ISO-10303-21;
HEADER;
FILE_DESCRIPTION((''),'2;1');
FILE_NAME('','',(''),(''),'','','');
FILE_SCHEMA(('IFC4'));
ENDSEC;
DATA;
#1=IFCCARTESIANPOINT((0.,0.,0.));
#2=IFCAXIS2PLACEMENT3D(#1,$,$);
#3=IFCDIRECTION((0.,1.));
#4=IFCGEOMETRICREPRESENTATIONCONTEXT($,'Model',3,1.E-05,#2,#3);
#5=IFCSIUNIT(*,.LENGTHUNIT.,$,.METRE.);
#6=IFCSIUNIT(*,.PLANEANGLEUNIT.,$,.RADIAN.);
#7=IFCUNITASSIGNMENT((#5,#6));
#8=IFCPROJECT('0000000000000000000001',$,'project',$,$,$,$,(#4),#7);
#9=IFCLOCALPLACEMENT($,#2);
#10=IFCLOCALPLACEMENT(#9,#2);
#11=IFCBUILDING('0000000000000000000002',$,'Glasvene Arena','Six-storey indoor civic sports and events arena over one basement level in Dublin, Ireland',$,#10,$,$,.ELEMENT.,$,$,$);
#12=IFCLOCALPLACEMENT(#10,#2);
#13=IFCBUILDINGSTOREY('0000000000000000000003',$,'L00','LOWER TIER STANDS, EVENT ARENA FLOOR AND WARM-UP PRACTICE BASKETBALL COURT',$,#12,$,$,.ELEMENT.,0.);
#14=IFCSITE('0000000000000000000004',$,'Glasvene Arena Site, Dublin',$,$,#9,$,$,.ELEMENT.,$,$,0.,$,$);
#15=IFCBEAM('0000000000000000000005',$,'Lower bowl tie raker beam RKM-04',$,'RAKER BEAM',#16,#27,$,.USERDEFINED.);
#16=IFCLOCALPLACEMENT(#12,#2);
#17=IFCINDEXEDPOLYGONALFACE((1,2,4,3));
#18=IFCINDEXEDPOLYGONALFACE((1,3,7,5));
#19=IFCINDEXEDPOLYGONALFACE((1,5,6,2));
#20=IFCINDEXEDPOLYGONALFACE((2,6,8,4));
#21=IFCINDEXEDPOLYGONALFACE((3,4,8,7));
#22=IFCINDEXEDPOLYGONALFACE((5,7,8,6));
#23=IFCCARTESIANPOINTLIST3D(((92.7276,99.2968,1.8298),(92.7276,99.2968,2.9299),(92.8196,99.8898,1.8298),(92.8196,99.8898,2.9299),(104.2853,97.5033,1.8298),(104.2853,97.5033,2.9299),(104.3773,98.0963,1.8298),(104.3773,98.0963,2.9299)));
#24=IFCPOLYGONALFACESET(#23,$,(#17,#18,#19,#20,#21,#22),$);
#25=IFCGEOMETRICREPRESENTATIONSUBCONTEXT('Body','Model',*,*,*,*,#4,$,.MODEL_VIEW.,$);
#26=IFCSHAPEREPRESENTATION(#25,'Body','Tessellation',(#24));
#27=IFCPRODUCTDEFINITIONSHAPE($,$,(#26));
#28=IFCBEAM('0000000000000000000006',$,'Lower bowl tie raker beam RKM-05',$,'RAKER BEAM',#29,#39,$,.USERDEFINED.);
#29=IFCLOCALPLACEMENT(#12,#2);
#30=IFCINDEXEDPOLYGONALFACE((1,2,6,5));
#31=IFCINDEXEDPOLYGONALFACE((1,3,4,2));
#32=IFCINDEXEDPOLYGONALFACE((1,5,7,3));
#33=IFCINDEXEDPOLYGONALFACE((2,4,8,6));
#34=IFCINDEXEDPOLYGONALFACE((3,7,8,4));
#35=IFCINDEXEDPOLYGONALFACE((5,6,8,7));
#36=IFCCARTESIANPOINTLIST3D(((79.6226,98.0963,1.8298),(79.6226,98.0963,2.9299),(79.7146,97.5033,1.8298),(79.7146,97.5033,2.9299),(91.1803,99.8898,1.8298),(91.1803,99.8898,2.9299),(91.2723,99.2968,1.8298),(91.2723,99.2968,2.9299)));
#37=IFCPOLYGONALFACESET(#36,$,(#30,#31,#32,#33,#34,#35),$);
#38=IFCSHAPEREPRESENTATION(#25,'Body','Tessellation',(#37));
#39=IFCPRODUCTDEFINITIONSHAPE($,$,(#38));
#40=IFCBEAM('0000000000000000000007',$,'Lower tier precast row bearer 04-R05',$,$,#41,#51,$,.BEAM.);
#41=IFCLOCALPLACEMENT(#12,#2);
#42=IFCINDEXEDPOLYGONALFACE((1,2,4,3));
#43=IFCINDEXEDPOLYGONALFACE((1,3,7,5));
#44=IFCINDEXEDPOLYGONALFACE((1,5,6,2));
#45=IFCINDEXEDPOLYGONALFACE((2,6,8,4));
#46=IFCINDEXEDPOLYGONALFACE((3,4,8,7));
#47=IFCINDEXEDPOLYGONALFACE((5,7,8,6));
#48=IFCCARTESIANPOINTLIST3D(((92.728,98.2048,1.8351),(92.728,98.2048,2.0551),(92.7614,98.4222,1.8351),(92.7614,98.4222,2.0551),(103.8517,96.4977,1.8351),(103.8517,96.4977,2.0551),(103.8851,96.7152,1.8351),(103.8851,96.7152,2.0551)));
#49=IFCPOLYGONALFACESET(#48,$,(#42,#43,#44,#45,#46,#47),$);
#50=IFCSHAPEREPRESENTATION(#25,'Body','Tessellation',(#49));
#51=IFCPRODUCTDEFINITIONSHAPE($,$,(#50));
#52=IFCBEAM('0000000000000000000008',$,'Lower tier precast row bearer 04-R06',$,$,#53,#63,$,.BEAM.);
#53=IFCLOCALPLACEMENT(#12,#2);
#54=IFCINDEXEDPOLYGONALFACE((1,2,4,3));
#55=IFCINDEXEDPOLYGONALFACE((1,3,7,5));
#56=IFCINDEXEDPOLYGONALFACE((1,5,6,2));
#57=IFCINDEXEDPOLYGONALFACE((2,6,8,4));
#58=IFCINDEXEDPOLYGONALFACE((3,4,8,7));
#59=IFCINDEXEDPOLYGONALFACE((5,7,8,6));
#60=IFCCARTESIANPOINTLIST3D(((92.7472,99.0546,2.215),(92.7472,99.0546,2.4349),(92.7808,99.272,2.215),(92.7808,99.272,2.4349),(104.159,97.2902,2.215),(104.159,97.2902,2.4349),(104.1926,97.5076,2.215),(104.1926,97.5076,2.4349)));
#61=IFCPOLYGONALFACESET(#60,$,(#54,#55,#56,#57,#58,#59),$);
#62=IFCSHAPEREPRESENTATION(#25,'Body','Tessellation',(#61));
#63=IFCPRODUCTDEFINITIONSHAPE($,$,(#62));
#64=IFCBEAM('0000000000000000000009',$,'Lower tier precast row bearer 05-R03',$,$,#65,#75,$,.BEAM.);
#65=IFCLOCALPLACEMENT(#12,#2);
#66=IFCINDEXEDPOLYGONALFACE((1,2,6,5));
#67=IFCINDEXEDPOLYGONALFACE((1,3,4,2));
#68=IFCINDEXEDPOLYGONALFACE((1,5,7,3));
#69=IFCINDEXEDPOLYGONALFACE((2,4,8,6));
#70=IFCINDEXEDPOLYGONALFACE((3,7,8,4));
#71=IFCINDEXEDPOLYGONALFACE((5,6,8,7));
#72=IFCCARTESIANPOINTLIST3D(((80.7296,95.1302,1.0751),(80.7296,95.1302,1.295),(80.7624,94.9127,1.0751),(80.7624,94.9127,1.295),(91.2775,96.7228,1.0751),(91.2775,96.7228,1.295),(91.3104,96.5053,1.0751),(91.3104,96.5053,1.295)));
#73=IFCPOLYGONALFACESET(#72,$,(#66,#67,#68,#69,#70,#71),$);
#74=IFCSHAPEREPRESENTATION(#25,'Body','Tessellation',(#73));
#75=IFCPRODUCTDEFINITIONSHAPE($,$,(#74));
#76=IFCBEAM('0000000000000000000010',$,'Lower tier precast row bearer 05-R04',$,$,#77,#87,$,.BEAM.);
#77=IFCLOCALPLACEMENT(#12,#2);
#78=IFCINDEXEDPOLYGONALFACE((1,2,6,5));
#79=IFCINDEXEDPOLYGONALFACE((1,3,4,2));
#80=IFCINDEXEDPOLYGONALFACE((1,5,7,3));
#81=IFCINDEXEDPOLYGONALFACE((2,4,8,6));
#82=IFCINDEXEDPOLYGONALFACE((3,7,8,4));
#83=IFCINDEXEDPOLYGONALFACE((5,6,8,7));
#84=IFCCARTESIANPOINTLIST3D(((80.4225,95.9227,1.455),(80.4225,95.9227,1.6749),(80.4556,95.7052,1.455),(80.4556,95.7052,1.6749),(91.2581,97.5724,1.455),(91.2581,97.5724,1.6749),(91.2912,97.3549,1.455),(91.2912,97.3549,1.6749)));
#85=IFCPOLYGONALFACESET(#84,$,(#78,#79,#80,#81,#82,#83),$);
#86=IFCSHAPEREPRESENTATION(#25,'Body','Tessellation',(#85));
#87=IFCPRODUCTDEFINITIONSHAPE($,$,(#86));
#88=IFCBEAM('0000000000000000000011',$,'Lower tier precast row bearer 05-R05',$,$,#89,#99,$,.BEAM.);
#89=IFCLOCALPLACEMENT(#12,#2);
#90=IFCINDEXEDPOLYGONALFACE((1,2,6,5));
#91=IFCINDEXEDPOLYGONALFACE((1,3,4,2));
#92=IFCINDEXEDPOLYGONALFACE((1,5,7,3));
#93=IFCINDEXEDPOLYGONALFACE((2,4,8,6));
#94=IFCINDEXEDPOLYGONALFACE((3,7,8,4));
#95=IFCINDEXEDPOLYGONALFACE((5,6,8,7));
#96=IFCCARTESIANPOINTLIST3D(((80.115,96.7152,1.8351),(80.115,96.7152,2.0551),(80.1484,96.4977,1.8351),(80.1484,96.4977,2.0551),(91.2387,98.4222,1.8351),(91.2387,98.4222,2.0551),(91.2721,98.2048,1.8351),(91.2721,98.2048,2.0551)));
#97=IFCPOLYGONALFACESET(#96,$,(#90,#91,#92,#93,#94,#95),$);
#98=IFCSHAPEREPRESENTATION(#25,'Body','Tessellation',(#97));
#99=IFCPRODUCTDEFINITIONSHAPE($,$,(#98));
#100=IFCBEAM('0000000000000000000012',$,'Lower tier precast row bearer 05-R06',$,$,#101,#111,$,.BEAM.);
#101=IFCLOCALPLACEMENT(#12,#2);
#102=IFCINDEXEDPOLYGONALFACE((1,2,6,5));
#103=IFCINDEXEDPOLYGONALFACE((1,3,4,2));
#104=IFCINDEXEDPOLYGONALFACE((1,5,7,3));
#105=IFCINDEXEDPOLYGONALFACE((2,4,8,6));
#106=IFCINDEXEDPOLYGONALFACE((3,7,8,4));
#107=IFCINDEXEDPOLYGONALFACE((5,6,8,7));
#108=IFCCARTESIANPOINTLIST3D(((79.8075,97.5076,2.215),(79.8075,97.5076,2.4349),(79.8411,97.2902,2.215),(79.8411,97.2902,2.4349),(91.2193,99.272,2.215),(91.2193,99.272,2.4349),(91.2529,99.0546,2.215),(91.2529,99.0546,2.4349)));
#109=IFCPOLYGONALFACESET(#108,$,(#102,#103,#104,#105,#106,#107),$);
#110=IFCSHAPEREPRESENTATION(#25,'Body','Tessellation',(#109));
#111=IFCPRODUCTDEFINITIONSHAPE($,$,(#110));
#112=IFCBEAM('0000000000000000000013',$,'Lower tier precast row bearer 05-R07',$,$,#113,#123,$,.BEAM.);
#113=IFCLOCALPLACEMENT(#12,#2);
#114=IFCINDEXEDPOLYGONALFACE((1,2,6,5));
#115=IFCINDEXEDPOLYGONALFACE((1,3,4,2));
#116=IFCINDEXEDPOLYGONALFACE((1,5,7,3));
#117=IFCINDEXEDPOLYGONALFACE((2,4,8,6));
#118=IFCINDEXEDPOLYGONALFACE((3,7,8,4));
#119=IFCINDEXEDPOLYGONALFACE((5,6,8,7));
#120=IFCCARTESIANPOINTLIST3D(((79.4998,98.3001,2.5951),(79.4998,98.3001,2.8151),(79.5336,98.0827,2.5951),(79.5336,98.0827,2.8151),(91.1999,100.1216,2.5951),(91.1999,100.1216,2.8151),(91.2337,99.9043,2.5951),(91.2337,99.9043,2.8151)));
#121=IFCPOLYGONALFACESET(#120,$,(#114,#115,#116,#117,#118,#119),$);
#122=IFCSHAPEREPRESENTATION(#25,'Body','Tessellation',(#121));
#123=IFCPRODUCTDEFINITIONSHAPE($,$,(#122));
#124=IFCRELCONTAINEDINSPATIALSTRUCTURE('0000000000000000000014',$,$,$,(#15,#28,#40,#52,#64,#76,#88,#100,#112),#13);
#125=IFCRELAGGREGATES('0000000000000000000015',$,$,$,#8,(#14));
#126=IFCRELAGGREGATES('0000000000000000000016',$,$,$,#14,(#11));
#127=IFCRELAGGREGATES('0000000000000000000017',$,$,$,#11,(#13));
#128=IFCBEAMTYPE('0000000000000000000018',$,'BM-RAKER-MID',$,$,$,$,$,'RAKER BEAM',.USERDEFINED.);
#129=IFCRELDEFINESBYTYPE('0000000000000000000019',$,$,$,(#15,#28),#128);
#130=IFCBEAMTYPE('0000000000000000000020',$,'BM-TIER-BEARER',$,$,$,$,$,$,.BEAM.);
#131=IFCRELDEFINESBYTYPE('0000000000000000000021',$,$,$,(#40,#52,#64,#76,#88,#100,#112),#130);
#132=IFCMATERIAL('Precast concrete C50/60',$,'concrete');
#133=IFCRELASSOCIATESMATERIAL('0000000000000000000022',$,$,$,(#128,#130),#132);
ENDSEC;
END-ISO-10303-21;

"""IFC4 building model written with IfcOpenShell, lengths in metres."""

from ifc_helpers import new_model, si_unit, direction, frame, origin, origin_2d, place, context, subcontext, project, spatial, rectangle, extrude, material, material_profile, profile_set, type_object, element, save


model = new_model("IFC4")

# Units and contexts
model_context = context("Model", 3, precision=1e-05, world=origin(), true_north=direction((0.0, 1.0)))
body_context = subcontext(model_context, "Body", "Model", "MODEL_VIEW")
ifc_project = project(units=[si_unit("LENGTHUNIT", "METRE"), si_unit("PLANEANGLEUNIT", "RADIAN")], contexts=[model_context])

# Site, building, storey
site_placement = place(None, origin())
site = spatial("IfcSite", under=ifc_project, at=site_placement, Name="Glasvene Arena Site, Dublin", CompositionType="ELEMENT", RefElevation=0.0)
building_placement = place(site_placement, origin())
building = spatial("IfcBuilding", under=site, at=building_placement, Name="Glasvene Arena", Description="Six-storey indoor civic sports and events arena over one basement level in Dublin, Ireland", CompositionType="ELEMENT")
storey_placement = place(building_placement, origin())
storey = spatial("IfcBuildingStorey", under=building, at=storey_placement, Name="L00", Description="LOWER TIER STANDS, EVENT ARENA FLOOR AND WARM-UP PRACTICE BASKETBALL COURT", CompositionType="ELEMENT", Elevation=0.0)

# Beams
ifc_material = material(Name="Precast concrete C50/60", Category="concrete")
ifc_material_profile_1 = material_profile(ifc_material, rectangle(XDim=0.6001, YDim=1.1001, at=origin_2d()), Name="RC 600x1100")
ifc_profile_set_1 = profile_set([ifc_material_profile_1], Name="Precast concrete C50/60")
beam_type_1 = type_object("IfcBeamType", Name="BM-RAKER-MID", ElementType="RAKER BEAM", PredefinedType="USERDEFINED", material=ifc_profile_set_1)
for number, where, z_axis, x_axis, name in (
    (1, (104.3313, 97.7998, 2.3799), (-0.988173, 0.15334, 0.0), (-0.15334, -0.988173, 0.0), "Lower bowl tie raker beam RKM-04"),
    (2, (91.2263, 99.5933, 2.3799), (-0.988173, -0.15334, 0.0), (0.15334, -0.988173, 0.0), "Lower bowl tie raker beam RKM-05"),
):
    element("IfcBeam", number, at=place(storey_placement, frame(where, z_axis=z_axis, x_axis=x_axis)), inside=storey, type_object=beam_type_1, Name=name, ObjectType="RAKER BEAM", PredefinedType="USERDEFINED", context=body_context, shape_type="SweptSolid", body=[
        extrude(rectangle(XDim=0.6001, YDim=1.1001, at=origin_2d()), origin(), (0.0, 0.0, 1.0), 11.696),
    ])
ifc_material_profile_2 = material_profile(ifc_material, rectangle(XDim=0.22, YDim=0.22, at=origin_2d()), Name="RC 220x220")
ifc_profile_set_2 = profile_set([ifc_material_profile_2], Name="Precast concrete C50/60")
beam_type_2 = type_object("IfcBeamType", Name="BM-TIER-BEARER", PredefinedType="BEAM", material=ifc_profile_set_2)
beam_1_placement = place(storey_placement, frame((103.8684, 96.6064, 1.9451), z_axis=(-0.988429, 0.151682, 0.0), x_axis=(-0.151682, -0.988429, 0.0)))
element("IfcBeam", 3, at=beam_1_placement, inside=storey, type_object=beam_type_2, Name="Lower tier precast row bearer 04-R05", PredefinedType="BEAM", context=body_context, shape_type="SweptSolid", body=[
    extrude(rectangle(XDim=0.22, YDim=0.22, at=origin_2d()), origin(), (0.0, 0.0, 1.0), 11.2539),
])
beam_2_placement = place(storey_placement, frame((104.1758, 97.3989, 2.325), z_axis=(-0.988258, 0.152796, 0.0), x_axis=(-0.152796, -0.988258, 0.0)))
element("IfcBeam", 4, at=beam_2_placement, inside=storey, type_object=beam_type_2, Name="Lower tier precast row bearer 04-R06", PredefinedType="BEAM", context=body_context, shape_type="SweptSolid", body=[
    extrude(rectangle(XDim=0.22, YDim=0.22, at=origin_2d()), origin(), (0.0, 0.0, 1.0), 11.5474),
])
beam_3_placement = place(storey_placement, frame((91.2939, 96.614, 1.1851), z_axis=(-0.988794, -0.149289, 0.0), x_axis=(0.149289, -0.988794, 0.0)))
element("IfcBeam", 5, at=beam_3_placement, inside=storey, type_object=beam_type_2, Name="Lower tier precast row bearer 05-R03", PredefinedType="BEAM", context=body_context, shape_type="SweptSolid", body=[
    extrude(rectangle(XDim=0.22, YDim=0.22, at=origin_2d()), origin(), (0.0, 0.0, 1.0), 10.6675),
])
beam_4_placement = place(storey_placement, frame((91.2747, 97.4636, 1.5649), z_axis=(-0.988609, -0.150509, 0.0), x_axis=(0.150509, -0.988609, 0.0)))
element("IfcBeam", 6, at=beam_4_placement, inside=storey, type_object=beam_type_2, Name="Lower tier precast row bearer 05-R04", PredefinedType="BEAM", context=body_context, shape_type="SweptSolid", body=[
    extrude(rectangle(XDim=0.22, YDim=0.22, at=origin_2d()), origin(), (0.0, 0.0, 1.0), 10.9604),
])
beam_5_placement = place(storey_placement, frame((91.2554, 98.3135, 1.9451), z_axis=(-0.988429, -0.151682, 0.0), x_axis=(0.151682, -0.988429, 0.0)))
element("IfcBeam", 7, at=beam_5_placement, inside=storey, type_object=beam_type_2, Name="Lower tier precast row bearer 05-R05", PredefinedType="BEAM", context=body_context, shape_type="SweptSolid", body=[
    extrude(rectangle(XDim=0.22, YDim=0.22, at=origin_2d()), origin(), (0.0, 0.0, 1.0), 11.2539),
])
beam_6_placement = place(storey_placement, frame((91.2361, 99.1633, 2.325), z_axis=(-0.988258, -0.152796, 0.0), x_axis=(0.152796, -0.988258, 0.0)))
element("IfcBeam", 8, at=beam_6_placement, inside=storey, type_object=beam_type_2, Name="Lower tier precast row bearer 05-R06", PredefinedType="BEAM", context=body_context, shape_type="SweptSolid", body=[
    extrude(rectangle(XDim=0.22, YDim=0.22, at=origin_2d()), origin(), (0.0, 0.0, 1.0), 11.5474),
])
beam_7_placement = place(storey_placement, frame((91.2168, 100.0129, 2.7051), z_axis=(-0.988097, -0.153831, 0.0), x_axis=(0.153831, -0.988097, 0.0)))
element("IfcBeam", 9, at=beam_7_placement, inside=storey, type_object=beam_type_2, Name="Lower tier precast row bearer 05-R07", PredefinedType="BEAM", context=body_context, shape_type="SweptSolid", body=[
    extrude(rectangle(XDim=0.22, YDim=0.22, at=origin_2d()), origin(), (0.0, 0.0, 1.0), 11.8411),
])

save(model, "model.ifc")
